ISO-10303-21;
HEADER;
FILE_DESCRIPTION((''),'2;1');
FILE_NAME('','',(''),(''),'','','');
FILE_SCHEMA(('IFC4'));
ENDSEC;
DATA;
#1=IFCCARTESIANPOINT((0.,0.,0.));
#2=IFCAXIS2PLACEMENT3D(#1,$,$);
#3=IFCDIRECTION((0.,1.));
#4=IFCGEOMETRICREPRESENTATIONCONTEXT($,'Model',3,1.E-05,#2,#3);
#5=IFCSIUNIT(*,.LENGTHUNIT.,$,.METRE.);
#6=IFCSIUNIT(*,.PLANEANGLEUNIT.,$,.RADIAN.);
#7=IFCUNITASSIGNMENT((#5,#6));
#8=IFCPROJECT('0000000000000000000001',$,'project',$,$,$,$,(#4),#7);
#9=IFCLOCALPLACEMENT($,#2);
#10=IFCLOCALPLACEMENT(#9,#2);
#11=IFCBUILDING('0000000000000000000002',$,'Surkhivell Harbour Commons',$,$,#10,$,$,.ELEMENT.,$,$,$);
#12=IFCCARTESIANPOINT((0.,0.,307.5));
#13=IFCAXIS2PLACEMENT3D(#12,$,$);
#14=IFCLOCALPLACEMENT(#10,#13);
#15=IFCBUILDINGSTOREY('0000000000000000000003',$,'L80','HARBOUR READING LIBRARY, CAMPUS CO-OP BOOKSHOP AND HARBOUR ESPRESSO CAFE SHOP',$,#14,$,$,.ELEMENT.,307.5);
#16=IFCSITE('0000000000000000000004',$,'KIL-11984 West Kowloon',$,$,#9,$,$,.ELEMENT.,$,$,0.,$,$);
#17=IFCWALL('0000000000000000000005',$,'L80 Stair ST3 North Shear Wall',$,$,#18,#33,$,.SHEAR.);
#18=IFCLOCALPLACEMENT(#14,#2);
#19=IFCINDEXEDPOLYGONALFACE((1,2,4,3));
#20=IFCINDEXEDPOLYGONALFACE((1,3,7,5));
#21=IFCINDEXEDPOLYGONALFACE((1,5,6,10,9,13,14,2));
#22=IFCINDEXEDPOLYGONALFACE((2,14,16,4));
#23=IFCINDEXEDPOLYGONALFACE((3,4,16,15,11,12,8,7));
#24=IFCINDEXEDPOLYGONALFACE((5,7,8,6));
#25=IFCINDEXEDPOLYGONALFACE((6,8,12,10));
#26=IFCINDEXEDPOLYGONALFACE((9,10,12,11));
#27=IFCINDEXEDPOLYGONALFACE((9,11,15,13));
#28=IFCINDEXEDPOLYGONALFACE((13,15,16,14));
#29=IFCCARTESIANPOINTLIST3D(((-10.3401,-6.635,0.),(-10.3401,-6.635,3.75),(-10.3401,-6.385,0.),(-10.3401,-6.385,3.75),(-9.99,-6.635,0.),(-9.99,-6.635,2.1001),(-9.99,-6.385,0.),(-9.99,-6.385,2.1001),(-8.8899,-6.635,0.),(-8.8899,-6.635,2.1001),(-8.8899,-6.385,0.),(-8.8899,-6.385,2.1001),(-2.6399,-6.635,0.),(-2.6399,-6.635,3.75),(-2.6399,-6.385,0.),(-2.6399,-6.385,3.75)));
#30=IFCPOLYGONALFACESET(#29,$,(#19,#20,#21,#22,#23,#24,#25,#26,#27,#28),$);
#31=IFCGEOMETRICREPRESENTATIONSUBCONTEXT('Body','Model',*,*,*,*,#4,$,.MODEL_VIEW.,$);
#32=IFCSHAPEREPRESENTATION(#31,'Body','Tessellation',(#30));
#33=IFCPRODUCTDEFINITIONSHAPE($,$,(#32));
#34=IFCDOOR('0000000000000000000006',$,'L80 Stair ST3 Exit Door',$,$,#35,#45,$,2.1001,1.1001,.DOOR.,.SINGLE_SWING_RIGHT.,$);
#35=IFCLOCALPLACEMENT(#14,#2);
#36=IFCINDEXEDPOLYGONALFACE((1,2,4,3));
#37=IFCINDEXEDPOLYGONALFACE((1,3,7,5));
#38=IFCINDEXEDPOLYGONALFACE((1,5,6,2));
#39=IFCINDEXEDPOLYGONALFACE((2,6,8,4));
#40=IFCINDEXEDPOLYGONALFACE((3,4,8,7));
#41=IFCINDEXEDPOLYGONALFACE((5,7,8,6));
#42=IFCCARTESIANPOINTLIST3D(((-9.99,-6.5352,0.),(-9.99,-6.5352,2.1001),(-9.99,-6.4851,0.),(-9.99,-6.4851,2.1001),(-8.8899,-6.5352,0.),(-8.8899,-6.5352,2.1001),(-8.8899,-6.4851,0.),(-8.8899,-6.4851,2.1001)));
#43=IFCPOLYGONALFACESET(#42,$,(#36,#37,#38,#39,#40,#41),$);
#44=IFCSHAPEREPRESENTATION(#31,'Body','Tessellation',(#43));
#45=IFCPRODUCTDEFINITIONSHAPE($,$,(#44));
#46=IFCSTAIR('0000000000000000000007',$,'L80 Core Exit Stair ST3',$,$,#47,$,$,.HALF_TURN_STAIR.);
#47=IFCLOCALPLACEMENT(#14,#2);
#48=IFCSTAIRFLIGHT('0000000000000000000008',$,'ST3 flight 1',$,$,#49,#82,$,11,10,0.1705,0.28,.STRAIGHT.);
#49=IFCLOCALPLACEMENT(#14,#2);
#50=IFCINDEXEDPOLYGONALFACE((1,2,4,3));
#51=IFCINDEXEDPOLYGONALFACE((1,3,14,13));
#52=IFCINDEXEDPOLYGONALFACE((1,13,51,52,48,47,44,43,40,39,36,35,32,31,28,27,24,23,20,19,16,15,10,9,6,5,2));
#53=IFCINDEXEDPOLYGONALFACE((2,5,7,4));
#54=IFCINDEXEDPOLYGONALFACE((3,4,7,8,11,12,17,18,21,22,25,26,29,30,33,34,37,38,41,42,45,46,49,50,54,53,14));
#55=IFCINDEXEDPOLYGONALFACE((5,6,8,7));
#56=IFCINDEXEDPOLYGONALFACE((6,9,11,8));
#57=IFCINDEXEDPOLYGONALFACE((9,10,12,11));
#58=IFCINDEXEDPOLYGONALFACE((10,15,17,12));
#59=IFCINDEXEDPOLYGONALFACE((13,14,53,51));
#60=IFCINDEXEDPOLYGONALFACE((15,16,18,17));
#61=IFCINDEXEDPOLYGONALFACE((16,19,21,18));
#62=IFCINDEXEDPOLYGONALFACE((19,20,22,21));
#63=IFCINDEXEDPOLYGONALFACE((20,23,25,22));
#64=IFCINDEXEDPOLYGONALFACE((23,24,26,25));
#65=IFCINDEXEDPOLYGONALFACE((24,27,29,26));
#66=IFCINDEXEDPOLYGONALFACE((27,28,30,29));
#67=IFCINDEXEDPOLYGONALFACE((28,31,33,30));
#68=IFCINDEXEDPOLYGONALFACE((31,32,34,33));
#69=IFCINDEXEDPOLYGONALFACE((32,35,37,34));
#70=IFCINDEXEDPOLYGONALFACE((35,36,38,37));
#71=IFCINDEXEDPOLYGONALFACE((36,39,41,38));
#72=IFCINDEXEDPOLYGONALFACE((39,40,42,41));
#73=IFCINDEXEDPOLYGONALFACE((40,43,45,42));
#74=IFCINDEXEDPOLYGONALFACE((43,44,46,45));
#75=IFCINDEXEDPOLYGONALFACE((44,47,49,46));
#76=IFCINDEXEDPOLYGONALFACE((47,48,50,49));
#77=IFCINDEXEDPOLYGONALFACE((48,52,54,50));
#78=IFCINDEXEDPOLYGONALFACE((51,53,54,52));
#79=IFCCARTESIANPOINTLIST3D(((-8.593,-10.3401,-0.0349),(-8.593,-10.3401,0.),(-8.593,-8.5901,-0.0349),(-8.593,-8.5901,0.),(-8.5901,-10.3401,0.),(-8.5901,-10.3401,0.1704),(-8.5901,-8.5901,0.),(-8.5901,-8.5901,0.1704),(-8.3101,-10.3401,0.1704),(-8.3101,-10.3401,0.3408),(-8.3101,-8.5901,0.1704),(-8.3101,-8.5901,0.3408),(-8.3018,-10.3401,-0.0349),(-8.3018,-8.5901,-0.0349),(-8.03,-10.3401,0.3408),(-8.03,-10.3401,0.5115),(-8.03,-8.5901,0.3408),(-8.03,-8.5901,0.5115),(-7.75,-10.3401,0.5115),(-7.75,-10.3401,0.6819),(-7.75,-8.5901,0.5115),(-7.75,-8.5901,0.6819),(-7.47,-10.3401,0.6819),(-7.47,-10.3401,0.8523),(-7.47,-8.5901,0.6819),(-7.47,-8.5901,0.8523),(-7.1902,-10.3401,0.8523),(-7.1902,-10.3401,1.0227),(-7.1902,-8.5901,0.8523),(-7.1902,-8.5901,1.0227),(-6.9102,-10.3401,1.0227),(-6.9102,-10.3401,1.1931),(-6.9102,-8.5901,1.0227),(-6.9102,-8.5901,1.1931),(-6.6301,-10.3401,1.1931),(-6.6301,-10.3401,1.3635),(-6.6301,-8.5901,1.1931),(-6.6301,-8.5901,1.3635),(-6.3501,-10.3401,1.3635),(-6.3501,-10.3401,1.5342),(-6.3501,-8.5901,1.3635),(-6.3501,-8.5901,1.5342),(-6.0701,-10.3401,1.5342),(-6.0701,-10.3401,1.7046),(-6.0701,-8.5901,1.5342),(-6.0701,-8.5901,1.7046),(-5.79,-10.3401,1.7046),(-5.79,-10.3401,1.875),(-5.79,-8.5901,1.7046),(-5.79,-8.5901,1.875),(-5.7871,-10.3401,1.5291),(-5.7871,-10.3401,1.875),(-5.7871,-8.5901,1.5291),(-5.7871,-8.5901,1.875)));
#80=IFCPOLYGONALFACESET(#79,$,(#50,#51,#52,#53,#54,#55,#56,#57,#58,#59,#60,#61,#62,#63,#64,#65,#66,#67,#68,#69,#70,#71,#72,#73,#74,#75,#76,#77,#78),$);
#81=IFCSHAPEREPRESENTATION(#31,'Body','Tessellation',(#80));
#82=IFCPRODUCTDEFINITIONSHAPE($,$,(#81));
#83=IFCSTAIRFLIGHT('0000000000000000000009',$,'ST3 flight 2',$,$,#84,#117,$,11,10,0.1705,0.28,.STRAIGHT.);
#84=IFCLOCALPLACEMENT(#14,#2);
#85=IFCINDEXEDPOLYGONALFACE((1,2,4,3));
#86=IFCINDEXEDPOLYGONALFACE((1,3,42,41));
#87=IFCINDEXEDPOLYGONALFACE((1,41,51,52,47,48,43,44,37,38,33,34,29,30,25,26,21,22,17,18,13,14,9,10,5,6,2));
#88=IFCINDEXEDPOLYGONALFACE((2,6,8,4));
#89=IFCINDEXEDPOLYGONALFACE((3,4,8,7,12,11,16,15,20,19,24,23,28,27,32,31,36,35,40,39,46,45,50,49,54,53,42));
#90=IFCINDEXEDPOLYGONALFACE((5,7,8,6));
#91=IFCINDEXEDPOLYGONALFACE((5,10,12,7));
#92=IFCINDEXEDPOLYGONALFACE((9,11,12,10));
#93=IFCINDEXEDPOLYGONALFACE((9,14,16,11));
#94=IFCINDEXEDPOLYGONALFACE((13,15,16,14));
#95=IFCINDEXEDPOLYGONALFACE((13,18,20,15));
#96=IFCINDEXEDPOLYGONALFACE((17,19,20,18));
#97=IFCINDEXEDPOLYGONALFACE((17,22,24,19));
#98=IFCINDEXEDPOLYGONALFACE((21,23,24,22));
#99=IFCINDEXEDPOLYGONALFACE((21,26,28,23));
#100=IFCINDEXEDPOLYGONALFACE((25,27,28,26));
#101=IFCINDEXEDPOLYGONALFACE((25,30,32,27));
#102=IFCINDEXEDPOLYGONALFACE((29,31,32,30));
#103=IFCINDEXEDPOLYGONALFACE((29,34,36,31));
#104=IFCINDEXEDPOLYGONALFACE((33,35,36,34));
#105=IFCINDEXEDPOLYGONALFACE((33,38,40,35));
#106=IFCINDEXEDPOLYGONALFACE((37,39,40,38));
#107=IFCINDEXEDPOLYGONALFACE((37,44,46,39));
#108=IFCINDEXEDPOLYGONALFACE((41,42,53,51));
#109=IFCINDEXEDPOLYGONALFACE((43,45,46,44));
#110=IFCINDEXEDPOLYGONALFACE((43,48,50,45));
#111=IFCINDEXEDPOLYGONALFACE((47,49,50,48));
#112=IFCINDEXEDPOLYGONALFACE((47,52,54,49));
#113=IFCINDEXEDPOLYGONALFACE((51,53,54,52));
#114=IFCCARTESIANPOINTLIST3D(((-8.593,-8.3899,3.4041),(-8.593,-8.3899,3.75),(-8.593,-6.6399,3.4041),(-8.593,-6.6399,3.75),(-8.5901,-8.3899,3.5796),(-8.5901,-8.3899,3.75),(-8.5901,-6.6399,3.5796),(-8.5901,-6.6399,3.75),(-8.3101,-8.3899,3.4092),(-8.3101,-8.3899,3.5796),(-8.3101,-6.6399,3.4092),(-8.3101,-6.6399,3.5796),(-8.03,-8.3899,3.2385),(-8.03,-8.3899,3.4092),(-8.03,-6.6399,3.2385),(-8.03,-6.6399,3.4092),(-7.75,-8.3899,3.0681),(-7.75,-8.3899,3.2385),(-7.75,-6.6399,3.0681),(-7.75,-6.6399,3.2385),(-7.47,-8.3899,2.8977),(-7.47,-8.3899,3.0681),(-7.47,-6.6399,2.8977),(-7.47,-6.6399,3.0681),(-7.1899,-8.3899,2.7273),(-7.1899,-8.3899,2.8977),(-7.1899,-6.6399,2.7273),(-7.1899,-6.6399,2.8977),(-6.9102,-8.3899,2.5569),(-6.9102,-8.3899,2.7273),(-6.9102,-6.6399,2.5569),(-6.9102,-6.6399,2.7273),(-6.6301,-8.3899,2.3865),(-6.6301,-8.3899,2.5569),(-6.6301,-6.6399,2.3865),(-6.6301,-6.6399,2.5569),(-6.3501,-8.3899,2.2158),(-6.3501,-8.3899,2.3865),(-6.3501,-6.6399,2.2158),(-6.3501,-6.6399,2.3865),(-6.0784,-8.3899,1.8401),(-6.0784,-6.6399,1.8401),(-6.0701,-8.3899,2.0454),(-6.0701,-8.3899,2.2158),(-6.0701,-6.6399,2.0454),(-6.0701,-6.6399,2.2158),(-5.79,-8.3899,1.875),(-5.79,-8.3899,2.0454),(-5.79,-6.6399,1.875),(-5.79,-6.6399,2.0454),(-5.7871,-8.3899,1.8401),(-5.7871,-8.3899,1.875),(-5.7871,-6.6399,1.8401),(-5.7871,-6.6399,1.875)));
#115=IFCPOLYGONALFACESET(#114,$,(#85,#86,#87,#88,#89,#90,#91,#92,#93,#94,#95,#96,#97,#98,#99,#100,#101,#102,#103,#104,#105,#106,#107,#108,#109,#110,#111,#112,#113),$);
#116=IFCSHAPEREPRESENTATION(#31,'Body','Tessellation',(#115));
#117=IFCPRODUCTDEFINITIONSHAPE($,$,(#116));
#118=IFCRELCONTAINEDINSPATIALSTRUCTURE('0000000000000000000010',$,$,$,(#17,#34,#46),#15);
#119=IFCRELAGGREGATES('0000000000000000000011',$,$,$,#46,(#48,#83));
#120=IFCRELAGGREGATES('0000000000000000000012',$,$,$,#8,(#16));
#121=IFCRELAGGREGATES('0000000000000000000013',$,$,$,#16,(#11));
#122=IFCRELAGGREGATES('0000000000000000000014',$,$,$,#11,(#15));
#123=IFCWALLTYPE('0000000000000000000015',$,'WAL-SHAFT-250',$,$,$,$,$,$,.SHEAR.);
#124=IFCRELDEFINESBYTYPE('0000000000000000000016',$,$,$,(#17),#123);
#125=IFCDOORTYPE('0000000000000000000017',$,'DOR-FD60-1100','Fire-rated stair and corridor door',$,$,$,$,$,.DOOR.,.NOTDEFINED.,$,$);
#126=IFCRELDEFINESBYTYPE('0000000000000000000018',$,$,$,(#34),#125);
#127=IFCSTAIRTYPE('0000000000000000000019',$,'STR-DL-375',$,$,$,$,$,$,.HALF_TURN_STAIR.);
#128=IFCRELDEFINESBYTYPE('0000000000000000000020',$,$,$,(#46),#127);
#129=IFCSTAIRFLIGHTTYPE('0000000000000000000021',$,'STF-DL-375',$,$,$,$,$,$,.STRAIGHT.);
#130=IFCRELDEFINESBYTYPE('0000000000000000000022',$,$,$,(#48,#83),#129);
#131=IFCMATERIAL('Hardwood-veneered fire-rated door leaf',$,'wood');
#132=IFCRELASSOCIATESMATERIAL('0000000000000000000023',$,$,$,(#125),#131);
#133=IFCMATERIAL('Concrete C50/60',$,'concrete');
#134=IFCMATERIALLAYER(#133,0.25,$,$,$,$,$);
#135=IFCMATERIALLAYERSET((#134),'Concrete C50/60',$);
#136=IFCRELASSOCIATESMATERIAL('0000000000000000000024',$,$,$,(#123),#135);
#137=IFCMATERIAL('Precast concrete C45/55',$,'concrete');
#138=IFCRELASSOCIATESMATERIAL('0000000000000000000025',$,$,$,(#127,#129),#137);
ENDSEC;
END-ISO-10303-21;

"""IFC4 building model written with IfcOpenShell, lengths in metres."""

from ifc_helpers import new_model, si_unit, direction, frame, frame_2d, origin, place, context, subcontext, project, spatial, polyline, rectangle, outline, extrude, material, layer, layer_set, type_object, element, fill, aggregate, save


model = new_model("IFC4")

# Units and contexts
model_context = context("Model", 3, precision=1e-05, world=origin(), true_north=direction((0.0, 1.0)))
body_context = subcontext(model_context, "Body", "Model", "MODEL_VIEW")
ifc_project = project(units=[si_unit("LENGTHUNIT", "METRE"), si_unit("PLANEANGLEUNIT", "RADIAN")], contexts=[model_context])

# Site, building, storey
site_placement = place(None, origin())
site = spatial("IfcSite", under=ifc_project, at=site_placement, Name="KIL-11984 West Kowloon", CompositionType="ELEMENT", RefElevation=0.0)
building_placement = place(site_placement, origin())
building = spatial("IfcBuilding", under=site, at=building_placement, Name="Surkhivell Harbour Commons", CompositionType="ELEMENT")
storey_placement = place(building_placement, frame((0.0, 0.0, 307.5)))
storey = spatial("IfcBuildingStorey", under=building, at=storey_placement, Name="L80", Description="HARBOUR READING LIBRARY, CAMPUS CO-OP BOOKSHOP AND HARBOUR ESPRESSO CAFE SHOP", CompositionType="ELEMENT", Elevation=307.5)

# Shared definitions
ifc_material_1 = material(Name="Concrete C50/60", Category="concrete")

# Shared definitions
ifc_material_2 = material(Name="Hardwood-veneered fire-rated door leaf", Category="wood")
door_type_1 = type_object("IfcDoorType", Name="DOR-FD60-1100", Description="Fire-rated stair and corridor door", OperationType="NOTDEFINED", PredefinedType="DOOR", material=ifc_material_2)

# Shared definitions
ifc_layer_1 = layer(ifc_material_1, 0.25)
ifc_layer_set_1 = layer_set([ifc_layer_1], Name="Concrete C50/60")
wall_type_1 = type_object("IfcWallType", Name="WAL-SHAFT-250", PredefinedType="SHEAR", material=ifc_layer_set_1)

# Wall, opening, door
wall_1_placement = place(storey_placement, frame((-10.3401, -6.51, 0.0), z_axis=(0.0, 0.0, 1.0), x_axis=(1.0, 0.0, 0.0)))
wall_1 = element("IfcWall", 1, at=wall_1_placement, inside=storey, type_object=wall_type_1, Name="L80 Stair ST3 North Shear Wall", PredefinedType="SHEAR", context=body_context, shape_type="SweptSolid", body=[
    extrude(rectangle(XDim=7.7002, YDim=0.25, at=frame_2d((3.8501, 0.0))), origin(), (0.0, 0.0, 1.0), 3.75),
])
opening_1_placement = place(wall_1_placement, frame((0.3501, 0.0, 0.0)))
opening_1 = element("IfcOpeningElement", 2, at=opening_1_placement, cuts=wall_1, PredefinedType="OPENING", context=body_context, shape_type="SweptSolid", body=[
    extrude(rectangle(XDim=1.1001, YDim=2.1001, at=frame_2d((0.55, 1.05))), frame((0.0, 0.135, 0.0), z_axis=(0.0, -1.0, 0.0), x_axis=(1.0, 0.0, 0.0)), (0.0, 0.0, 1.0), 0.27),
])
door_1_placement = place(opening_1_placement, origin())
door_1 = element("IfcDoor", 3, at=door_1_placement, inside=storey, type_object=door_type_1, Name="L80 Stair ST3 Exit Door", OperationType="SINGLE_SWING_RIGHT", OverallHeight=2.1001, OverallWidth=1.1001, PredefinedType="DOOR", context=body_context, shape_type="SweptSolid", body=[
    extrude(rectangle(XDim=1.1001, YDim=2.1001, at=frame_2d((0.55, 1.05))), frame((0.0, 0.0249, 0.0), z_axis=(0.0, -1.0, 0.0), x_axis=(1.0, 0.0, 0.0)), (0.0, 0.0, 1.0), 0.05),
])
fill(opening_1, door_1)

# Stair, stair flights
ifc_material_3 = material(Name="Precast concrete C45/55", Category="concrete")
stair_type = type_object("IfcStairType", Name="STR-DL-375", PredefinedType="HALF_TURN_STAIR", material=ifc_material_3)
stair_placement = place(storey_placement, origin())
stair = element("IfcStair", 4, at=stair_placement, inside=storey, type_object=stair_type, Name="L80 Core Exit Stair ST3", PredefinedType="HALF_TURN_STAIR")
stair_flight_type = type_object("IfcStairFlightType", Name="STF-DL-375", PredefinedType="STRAIGHT", material=ifc_material_3)
stair_flight_1_placement = place(storey_placement, frame((-8.5901, -9.4651, 0.0), z_axis=(0.0, 0.0, 1.0), x_axis=(1.0, 0.0, 0.0)))
stair_flight_1 = element("IfcStairFlight", 5, at=stair_flight_1_placement, type_object=stair_flight_type, Name="ST3 flight 1", NumberOfRisers=11, NumberOfTreads=10, PredefinedType="STRAIGHT", RiserHeight=0.1705, TreadLength=0.28, context=body_context, shape_type="SweptSolid", body=[
    extrude(outline(polyline([(-0.0029, -0.0349), (-0.0029, 0.0), (0.0, 0.0), (0.0, 0.1704), (0.28, 0.1704), (0.28, 0.3408), (0.5601, 0.3408), (0.5601, 0.5115), (0.8401, 0.5115), (0.8401, 0.6819), (1.1201, 0.6819), (1.1201, 0.8523), (1.3999, 0.8523), (1.3999, 1.0227), (1.6799, 1.0227), (1.6799, 1.1931), (1.96, 1.1931), (1.96, 1.3635), (2.24, 1.3635), (2.24, 1.5342), (2.52, 1.5342), (2.52, 1.7046), (2.8, 1.7046), (2.8, 1.875), (2.803, 1.875), (2.803, 1.5291), (0.2883, -0.0349), (-0.0029, -0.0349)])), frame((0.0, 0.875, 0.0), z_axis=(0.0, -1.0, 0.0), x_axis=(1.0, 0.0, 0.0)), (0.0, 0.0, 1.0), 1.75),
])
stair_flight_2_placement = place(storey_placement, frame((-5.79, -7.5149, 1.875), z_axis=(0.0, 0.0, 1.0), x_axis=(-1.0, 0.0, 0.0)))
stair_flight_2 = element("IfcStairFlight", 6, at=stair_flight_2_placement, type_object=stair_flight_type, Name="ST3 flight 2", NumberOfRisers=11, NumberOfTreads=10, PredefinedType="STRAIGHT", RiserHeight=0.1705, TreadLength=0.28, context=body_context, shape_type="SweptSolid", body=[
    extrude(outline(polyline([(-0.0029, -0.0349), (-0.0029, 0.0), (0.0, 0.0), (0.0, 0.1704), (0.28, 0.1704), (0.28, 0.3408), (0.5601, 0.3408), (0.5601, 0.5115), (0.8401, 0.5115), (0.8401, 0.6819), (1.1201, 0.6819), (1.1201, 0.8523), (1.3999, 0.8523), (1.3999, 1.0227), (1.6799, 1.0227), (1.6799, 1.1931), (1.96, 1.1931), (1.96, 1.3635), (2.24, 1.3635), (2.24, 1.5342), (2.52, 1.5342), (2.52, 1.7046), (2.8, 1.7046), (2.8, 1.875), (2.803, 1.875), (2.803, 1.5291), (0.2883, -0.0349), (-0.0029, -0.0349)])), frame((0.0, 0.875, 0.0), z_axis=(0.0, -1.0, 0.0), x_axis=(1.0, 0.0, 0.0)), (0.0, 0.0, 1.0), 1.75),
])
aggregate(stair, [stair_flight_1, stair_flight_2])

save(model, "model.ifc")
